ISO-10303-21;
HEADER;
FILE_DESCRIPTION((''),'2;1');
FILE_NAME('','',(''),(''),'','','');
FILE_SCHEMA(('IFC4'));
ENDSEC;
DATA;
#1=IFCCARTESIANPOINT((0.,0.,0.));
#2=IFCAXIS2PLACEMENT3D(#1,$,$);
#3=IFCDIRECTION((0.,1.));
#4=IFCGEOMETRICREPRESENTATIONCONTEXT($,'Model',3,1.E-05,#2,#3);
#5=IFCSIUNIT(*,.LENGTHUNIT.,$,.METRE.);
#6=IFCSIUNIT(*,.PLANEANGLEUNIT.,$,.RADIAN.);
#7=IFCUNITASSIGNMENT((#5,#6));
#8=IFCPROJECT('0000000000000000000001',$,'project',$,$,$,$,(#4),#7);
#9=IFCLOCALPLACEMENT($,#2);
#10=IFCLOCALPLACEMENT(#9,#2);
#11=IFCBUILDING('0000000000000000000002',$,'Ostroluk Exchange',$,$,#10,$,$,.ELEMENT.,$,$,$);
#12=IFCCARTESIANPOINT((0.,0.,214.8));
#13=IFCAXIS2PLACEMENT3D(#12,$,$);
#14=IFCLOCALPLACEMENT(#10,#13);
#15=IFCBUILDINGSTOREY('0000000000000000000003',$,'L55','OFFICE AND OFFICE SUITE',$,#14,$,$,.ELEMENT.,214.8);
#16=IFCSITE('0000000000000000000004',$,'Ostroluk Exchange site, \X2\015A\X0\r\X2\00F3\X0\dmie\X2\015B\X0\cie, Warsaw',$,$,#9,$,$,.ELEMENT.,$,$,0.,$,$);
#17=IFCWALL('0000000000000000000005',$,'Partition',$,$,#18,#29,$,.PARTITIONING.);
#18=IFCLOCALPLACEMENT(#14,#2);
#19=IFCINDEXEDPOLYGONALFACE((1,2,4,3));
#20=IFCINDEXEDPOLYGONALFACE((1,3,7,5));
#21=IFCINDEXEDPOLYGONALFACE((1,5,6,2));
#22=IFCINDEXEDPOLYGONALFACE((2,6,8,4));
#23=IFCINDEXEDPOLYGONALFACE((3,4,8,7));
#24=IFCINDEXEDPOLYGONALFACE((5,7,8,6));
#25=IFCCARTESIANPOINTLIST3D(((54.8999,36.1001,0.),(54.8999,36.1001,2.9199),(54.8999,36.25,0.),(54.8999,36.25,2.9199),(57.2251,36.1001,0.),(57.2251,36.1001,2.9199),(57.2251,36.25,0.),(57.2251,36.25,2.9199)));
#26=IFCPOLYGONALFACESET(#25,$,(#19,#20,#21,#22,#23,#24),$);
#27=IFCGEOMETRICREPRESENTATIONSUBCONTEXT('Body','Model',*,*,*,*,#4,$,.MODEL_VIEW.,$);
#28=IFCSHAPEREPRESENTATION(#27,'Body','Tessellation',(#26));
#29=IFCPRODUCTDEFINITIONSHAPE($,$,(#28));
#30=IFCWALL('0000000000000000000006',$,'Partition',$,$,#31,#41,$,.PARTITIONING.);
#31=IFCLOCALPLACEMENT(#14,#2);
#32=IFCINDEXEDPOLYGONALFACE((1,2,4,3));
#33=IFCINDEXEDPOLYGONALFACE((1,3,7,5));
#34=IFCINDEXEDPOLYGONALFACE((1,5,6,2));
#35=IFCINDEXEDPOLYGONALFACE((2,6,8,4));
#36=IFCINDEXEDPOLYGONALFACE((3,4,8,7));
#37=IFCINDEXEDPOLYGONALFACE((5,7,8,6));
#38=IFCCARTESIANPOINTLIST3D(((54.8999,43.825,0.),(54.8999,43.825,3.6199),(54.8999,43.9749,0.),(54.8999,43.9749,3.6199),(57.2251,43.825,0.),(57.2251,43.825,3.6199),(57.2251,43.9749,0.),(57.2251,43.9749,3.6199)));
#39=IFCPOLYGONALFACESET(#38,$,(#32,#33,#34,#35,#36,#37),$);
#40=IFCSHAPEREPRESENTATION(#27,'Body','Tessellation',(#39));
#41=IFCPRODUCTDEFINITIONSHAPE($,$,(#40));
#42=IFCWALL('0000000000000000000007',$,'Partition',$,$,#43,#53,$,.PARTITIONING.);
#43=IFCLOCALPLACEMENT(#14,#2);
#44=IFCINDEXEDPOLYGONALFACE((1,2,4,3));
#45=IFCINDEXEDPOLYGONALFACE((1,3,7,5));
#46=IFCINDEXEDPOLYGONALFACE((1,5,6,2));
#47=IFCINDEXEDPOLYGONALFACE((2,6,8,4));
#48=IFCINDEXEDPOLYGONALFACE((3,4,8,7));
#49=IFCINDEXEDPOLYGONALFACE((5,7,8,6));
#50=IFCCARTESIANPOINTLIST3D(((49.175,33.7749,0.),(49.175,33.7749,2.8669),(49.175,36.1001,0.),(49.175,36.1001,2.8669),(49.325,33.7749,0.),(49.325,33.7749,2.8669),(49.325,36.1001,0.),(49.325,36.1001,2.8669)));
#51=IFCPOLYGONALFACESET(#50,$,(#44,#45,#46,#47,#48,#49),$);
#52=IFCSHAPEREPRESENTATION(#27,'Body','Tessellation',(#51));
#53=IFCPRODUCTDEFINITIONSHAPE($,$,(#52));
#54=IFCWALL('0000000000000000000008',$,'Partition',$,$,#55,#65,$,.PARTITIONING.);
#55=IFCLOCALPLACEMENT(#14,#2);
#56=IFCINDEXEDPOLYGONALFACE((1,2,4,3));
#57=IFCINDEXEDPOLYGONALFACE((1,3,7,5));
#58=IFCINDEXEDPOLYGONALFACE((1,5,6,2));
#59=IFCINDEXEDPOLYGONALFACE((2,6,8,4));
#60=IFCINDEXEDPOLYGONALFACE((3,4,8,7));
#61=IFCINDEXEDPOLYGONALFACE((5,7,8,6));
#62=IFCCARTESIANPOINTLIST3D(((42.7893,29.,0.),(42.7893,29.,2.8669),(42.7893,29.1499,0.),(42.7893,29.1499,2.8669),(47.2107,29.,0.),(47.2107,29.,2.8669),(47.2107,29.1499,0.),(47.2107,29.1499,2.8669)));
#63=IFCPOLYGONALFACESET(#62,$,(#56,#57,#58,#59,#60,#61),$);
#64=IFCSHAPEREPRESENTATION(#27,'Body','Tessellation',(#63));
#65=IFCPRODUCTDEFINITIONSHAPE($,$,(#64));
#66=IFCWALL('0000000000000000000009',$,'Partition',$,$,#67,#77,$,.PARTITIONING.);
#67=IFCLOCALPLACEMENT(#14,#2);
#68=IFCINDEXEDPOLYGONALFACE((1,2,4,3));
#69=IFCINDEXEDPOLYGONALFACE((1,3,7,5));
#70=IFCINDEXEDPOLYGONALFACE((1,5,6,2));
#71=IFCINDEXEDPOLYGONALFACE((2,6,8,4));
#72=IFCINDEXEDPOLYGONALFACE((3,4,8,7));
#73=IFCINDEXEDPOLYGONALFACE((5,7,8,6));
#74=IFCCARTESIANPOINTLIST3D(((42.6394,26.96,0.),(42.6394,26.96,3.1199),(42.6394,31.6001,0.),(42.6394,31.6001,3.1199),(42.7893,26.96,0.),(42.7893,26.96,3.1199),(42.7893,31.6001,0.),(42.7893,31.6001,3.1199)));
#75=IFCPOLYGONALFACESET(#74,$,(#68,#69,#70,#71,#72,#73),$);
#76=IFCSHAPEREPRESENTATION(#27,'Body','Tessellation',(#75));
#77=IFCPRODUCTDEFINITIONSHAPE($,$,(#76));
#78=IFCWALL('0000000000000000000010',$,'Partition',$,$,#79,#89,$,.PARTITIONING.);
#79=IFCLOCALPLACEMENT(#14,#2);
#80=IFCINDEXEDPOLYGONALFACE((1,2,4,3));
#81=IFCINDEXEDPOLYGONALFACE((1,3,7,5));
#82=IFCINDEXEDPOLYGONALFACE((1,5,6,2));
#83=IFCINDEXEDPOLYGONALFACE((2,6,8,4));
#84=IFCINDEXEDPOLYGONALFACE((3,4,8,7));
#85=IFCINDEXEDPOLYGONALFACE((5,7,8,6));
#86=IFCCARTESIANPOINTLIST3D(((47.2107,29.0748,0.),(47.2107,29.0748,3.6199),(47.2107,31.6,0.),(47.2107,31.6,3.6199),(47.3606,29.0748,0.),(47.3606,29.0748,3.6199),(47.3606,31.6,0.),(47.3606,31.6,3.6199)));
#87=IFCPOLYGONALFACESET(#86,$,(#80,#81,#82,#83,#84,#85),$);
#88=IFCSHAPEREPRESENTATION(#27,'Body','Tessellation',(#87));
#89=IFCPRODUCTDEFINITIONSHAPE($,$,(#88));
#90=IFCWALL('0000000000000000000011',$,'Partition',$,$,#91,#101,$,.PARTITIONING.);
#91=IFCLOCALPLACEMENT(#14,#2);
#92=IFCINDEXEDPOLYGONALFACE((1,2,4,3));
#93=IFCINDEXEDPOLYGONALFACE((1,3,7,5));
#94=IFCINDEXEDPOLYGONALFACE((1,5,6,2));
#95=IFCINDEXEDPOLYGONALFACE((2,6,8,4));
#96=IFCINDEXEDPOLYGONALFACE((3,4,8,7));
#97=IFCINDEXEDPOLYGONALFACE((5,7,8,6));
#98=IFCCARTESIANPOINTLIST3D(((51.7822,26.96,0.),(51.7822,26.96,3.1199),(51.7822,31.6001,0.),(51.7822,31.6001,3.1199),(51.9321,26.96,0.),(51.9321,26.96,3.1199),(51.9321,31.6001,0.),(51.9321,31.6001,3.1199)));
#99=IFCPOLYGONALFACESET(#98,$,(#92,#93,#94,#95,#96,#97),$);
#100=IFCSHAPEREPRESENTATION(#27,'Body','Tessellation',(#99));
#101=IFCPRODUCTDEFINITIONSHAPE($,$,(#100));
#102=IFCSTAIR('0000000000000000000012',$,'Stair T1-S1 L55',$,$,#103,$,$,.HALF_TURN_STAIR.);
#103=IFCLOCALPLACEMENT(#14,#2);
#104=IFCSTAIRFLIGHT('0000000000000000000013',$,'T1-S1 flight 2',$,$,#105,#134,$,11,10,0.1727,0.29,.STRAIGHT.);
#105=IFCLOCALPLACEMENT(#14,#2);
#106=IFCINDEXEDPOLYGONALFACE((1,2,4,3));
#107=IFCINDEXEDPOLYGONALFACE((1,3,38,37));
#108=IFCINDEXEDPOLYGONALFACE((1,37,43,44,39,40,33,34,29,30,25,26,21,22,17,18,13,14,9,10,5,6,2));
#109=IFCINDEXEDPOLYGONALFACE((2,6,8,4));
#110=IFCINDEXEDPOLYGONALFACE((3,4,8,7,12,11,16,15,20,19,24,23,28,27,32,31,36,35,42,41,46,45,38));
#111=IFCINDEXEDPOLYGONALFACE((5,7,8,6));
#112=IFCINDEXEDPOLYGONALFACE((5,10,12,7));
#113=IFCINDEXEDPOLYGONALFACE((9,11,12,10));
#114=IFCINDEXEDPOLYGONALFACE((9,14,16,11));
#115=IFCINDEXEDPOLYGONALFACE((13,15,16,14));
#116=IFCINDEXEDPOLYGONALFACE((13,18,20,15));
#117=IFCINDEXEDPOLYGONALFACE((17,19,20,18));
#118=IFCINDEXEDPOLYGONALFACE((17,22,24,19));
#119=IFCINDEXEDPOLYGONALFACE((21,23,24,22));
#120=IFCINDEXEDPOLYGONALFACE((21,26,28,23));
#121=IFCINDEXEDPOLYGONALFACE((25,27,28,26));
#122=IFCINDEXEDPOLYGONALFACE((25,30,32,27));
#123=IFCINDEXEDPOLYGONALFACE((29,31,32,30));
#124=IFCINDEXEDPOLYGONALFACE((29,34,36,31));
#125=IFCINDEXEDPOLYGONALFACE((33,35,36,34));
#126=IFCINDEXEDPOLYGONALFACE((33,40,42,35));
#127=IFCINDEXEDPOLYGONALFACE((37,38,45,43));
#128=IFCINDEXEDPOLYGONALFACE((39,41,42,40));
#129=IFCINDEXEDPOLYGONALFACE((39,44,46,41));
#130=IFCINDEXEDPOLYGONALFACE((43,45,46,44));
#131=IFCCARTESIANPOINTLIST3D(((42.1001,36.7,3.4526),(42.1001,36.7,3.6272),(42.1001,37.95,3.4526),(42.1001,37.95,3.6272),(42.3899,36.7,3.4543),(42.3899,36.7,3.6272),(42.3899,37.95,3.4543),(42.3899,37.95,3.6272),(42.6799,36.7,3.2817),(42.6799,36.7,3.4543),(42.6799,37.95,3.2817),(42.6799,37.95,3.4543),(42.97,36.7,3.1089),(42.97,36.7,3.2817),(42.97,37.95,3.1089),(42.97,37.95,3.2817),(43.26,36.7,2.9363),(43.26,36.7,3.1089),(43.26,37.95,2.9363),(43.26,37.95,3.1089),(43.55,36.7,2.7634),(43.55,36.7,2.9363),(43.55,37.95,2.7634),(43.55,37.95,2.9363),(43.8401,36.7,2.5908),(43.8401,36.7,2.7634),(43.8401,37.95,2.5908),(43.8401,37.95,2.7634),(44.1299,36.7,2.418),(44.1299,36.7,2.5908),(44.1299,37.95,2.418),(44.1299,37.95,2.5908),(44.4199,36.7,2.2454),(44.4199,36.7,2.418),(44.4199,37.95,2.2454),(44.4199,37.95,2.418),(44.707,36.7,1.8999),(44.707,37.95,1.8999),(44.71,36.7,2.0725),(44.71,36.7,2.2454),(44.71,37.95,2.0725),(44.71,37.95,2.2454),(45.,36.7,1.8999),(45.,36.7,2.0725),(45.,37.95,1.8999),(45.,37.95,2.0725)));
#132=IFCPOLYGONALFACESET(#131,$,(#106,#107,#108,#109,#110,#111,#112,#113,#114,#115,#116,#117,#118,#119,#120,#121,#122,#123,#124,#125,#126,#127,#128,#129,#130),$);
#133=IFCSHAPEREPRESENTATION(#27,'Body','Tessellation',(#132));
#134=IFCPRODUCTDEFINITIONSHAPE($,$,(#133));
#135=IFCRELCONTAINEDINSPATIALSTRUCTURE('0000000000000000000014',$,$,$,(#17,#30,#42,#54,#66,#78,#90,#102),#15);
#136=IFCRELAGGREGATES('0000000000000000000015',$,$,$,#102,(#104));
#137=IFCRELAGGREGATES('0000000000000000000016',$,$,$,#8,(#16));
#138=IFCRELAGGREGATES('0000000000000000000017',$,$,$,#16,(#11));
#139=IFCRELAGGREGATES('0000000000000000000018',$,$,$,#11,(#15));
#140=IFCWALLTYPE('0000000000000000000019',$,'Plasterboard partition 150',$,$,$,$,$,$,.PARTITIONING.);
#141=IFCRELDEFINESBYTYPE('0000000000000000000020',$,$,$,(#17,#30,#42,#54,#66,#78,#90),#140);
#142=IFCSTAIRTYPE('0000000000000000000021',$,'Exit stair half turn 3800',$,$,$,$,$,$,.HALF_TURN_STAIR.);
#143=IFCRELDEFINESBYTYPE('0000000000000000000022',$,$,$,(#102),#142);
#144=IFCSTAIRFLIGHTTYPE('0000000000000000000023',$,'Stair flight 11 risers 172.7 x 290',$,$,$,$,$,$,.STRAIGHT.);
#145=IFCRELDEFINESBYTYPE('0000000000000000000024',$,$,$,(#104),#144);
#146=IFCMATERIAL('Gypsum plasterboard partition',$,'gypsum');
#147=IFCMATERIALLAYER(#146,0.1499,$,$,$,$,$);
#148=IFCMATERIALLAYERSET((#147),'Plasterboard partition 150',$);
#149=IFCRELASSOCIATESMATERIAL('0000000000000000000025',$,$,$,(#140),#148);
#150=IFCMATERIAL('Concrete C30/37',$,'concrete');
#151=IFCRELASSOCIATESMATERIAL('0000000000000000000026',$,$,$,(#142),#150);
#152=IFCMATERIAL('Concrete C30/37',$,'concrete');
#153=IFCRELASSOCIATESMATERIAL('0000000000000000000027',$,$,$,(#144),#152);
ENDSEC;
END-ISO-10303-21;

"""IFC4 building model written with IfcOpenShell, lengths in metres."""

from ifc_helpers import new_model, si_unit, direction, frame, frame_2d, origin, place, context, subcontext, project, spatial, polyline, rectangle, outline, extrude, material, layer, layer_set, type_object, element, aggregate, save


model = new_model("IFC4")

# Units and contexts
model_context = context("Model", 3, precision=1e-05, world=origin(), true_north=direction((0.0, 1.0)))
body_context = subcontext(model_context, "Body", "Model", "MODEL_VIEW")
ifc_project = project(units=[si_unit("LENGTHUNIT", "METRE"), si_unit("PLANEANGLEUNIT", "RADIAN")], contexts=[model_context])

# Site, building, storey
site_placement = place(None, origin())
site = spatial("IfcSite", under=ifc_project, at=site_placement, Name="Ostroluk Exchange site, Śródmieście, Warsaw", CompositionType="ELEMENT", RefElevation=0.0)
building_placement = place(site_placement, origin())
building = spatial("IfcBuilding", under=site, at=building_placement, Name="Ostroluk Exchange", CompositionType="ELEMENT")
storey_placement = place(building_placement, frame((0.0, 0.0, 214.8)))
storey = spatial("IfcBuildingStorey", under=building, at=storey_placement, Name="L55", Description="OFFICE AND OFFICE SUITE", CompositionType="ELEMENT", Elevation=214.8)

# Walls
ifc_material_1 = material(Name="Gypsum plasterboard partition", Category="gypsum")
ifc_layer_1 = layer(ifc_material_1, 0.1499)
ifc_layer_set_1 = layer_set([ifc_layer_1], Name="Plasterboard partition 150")
wall_type_1 = type_object("IfcWallType", Name="Plasterboard partition 150", PredefinedType="PARTITIONING", material=ifc_layer_set_1)
wall_1_placement = place(storey_placement, frame((54.8999, 36.175, 0.0), z_axis=(0.0, 0.0, 1.0), x_axis=(1.0, 0.0, 0.0)))
element("IfcWall", 1, at=wall_1_placement, inside=storey, type_object=wall_type_1, Name="Partition", PredefinedType="PARTITIONING", context=body_context, shape_type="SweptSolid", body=[
    extrude(rectangle(XDim=2.3252, YDim=0.1499, at=frame_2d((1.1626, 0.0))), origin(), (0.0, 0.0, 1.0), 2.9199),
])
wall_2_placement = place(storey_placement, frame((54.8999, 43.8999, 0.0), z_axis=(0.0, 0.0, 1.0), x_axis=(1.0, 0.0, 0.0)))
element("IfcWall", 2, at=wall_2_placement, inside=storey, type_object=wall_type_1, Name="Partition", PredefinedType="PARTITIONING", context=body_context, shape_type="SweptSolid", body=[
    extrude(rectangle(XDim=2.3252, YDim=0.1499, at=frame_2d((1.1626, 0.0))), origin(), (0.0, 0.0, 1.0), 3.6199),
])
wall_3_placement = place(storey_placement, frame((49.25, 36.1001, 0.0), z_axis=(0.0, 0.0, 1.0), x_axis=(0.0, -1.0, 0.0)))
element("IfcWall", 3, at=wall_3_placement, inside=storey, type_object=wall_type_1, Name="Partition", PredefinedType="PARTITIONING", context=body_context, shape_type="SweptSolid", body=[
    extrude(rectangle(XDim=2.3252, YDim=0.1499, at=frame_2d((1.1626, 0.0))), origin(), (0.0, 0.0, 1.0), 2.8669),
])
wall_4_placement = place(storey_placement, frame((42.7893, 29.075, 0.0), z_axis=(0.0, 0.0, 1.0), x_axis=(1.0, 0.0, 0.0)))
element("IfcWall", 4, at=wall_4_placement, inside=storey, type_object=wall_type_1, Name="Partition", PredefinedType="PARTITIONING", context=body_context, shape_type="SweptSolid", body=[
    extrude(rectangle(XDim=4.4214, YDim=0.1499, at=frame_2d((2.2107, 0.0))), origin(), (0.0, 0.0, 1.0), 2.8669),
])
wall_5_placement = place(storey_placement, frame((42.7144, 31.6001, 0.0), z_axis=(0.0, 0.0, 1.0), x_axis=(0.0, -1.0, 0.0)))
element("IfcWall", 5, at=wall_5_placement, inside=storey, type_object=wall_type_1, Name="Partition", PredefinedType="PARTITIONING", context=body_context, shape_type="SweptSolid", body=[
    extrude(rectangle(XDim=4.6401, YDim=0.1499, at=frame_2d((2.3201, 0.0))), origin(), (0.0, 0.0, 1.0), 3.1199),
])
wall_6_placement = place(storey_placement, frame((47.2856, 31.6001, 0.0), z_axis=(0.0, 0.0, 1.0), x_axis=(0.0, -1.0, 0.0)))
element("IfcWall", 6, at=wall_6_placement, inside=storey, type_object=wall_type_1, Name="Partition", PredefinedType="PARTITIONING", context=body_context, shape_type="SweptSolid", body=[
    extrude(rectangle(XDim=2.5251, YDim=0.1499, at=frame_2d((1.2627, 0.0))), origin(), (0.0, 0.0, 1.0), 3.6199),
])
wall_7_placement = place(storey_placement, frame((51.8572, 31.6001, 0.0), z_axis=(0.0, 0.0, 1.0), x_axis=(0.0, -1.0, 0.0)))
element("IfcWall", 7, at=wall_7_placement, inside=storey, type_object=wall_type_1, Name="Partition", PredefinedType="PARTITIONING", context=body_context, shape_type="SweptSolid", body=[
    extrude(rectangle(XDim=4.6401, YDim=0.1499, at=frame_2d((2.3201, 0.0))), origin(), (0.0, 0.0, 1.0), 3.1199),
])

# Stair, stair flight
ifc_material_2 = material(Name="Concrete C30/37", Category="concrete")
stair_type = type_object("IfcStairType", Name="Exit stair half turn 3800", PredefinedType="HALF_TURN_STAIR", material=ifc_material_2)
stair_placement = place(storey_placement, origin())
stair = element("IfcStair", 8, at=stair_placement, inside=storey, type_object=stair_type, Name="Stair T1-S1 L55", PredefinedType="HALF_TURN_STAIR")
ifc_material_3 = material(Name="Concrete C30/37", Category="concrete")
stair_flight_type = type_object("IfcStairFlightType", Name="Stair flight 11 risers 172.7 x 290", PredefinedType="STRAIGHT", material=ifc_material_3)
stair_flight_placement = place(storey_placement, frame((45.0, 37.325, 1.8999), z_axis=(0.0, 0.0, 1.0), x_axis=(-1.0, 0.0, 0.0)))
stair_flight = element("IfcStairFlight", 9, at=stair_flight_placement, type_object=stair_flight_type, Name="T1-S1 flight 2", NumberOfRisers=11, NumberOfTreads=10, PredefinedType="STRAIGHT", RiserHeight=0.1727, TreadLength=0.29, context=body_context, shape_type="SweptSolid", body=[
    extrude(outline(polyline([(0.0, 0.0), (0.0, 0.1726), (0.29, 0.1726), (0.29, 0.3455), (0.5801, 0.3455), (0.5801, 0.5181), (0.8701, 0.5181), (0.8701, 0.6909), (1.1599, 0.6909), (1.1599, 0.8635), (1.45, 0.8635), (1.45, 1.0364), (1.74, 1.0364), (1.74, 1.209), (2.03, 1.209), (2.03, 1.3818), (2.3201, 1.3818), (2.3201, 1.5544), (2.6101, 1.5544), (2.6101, 1.7273), (2.8999, 1.7273), (2.8999, 1.8999), (2.8999, 1.5527), (0.293, 0.0), (0.0, 0.0)])), frame((0.0, 0.625, 0.0), z_axis=(0.0, -1.0, 0.0), x_axis=(1.0, 0.0, 0.0)), (0.0, 0.0, 1.0), 1.25),
])
aggregate(stair, [stair_flight])

save(model, "model.ifc")
